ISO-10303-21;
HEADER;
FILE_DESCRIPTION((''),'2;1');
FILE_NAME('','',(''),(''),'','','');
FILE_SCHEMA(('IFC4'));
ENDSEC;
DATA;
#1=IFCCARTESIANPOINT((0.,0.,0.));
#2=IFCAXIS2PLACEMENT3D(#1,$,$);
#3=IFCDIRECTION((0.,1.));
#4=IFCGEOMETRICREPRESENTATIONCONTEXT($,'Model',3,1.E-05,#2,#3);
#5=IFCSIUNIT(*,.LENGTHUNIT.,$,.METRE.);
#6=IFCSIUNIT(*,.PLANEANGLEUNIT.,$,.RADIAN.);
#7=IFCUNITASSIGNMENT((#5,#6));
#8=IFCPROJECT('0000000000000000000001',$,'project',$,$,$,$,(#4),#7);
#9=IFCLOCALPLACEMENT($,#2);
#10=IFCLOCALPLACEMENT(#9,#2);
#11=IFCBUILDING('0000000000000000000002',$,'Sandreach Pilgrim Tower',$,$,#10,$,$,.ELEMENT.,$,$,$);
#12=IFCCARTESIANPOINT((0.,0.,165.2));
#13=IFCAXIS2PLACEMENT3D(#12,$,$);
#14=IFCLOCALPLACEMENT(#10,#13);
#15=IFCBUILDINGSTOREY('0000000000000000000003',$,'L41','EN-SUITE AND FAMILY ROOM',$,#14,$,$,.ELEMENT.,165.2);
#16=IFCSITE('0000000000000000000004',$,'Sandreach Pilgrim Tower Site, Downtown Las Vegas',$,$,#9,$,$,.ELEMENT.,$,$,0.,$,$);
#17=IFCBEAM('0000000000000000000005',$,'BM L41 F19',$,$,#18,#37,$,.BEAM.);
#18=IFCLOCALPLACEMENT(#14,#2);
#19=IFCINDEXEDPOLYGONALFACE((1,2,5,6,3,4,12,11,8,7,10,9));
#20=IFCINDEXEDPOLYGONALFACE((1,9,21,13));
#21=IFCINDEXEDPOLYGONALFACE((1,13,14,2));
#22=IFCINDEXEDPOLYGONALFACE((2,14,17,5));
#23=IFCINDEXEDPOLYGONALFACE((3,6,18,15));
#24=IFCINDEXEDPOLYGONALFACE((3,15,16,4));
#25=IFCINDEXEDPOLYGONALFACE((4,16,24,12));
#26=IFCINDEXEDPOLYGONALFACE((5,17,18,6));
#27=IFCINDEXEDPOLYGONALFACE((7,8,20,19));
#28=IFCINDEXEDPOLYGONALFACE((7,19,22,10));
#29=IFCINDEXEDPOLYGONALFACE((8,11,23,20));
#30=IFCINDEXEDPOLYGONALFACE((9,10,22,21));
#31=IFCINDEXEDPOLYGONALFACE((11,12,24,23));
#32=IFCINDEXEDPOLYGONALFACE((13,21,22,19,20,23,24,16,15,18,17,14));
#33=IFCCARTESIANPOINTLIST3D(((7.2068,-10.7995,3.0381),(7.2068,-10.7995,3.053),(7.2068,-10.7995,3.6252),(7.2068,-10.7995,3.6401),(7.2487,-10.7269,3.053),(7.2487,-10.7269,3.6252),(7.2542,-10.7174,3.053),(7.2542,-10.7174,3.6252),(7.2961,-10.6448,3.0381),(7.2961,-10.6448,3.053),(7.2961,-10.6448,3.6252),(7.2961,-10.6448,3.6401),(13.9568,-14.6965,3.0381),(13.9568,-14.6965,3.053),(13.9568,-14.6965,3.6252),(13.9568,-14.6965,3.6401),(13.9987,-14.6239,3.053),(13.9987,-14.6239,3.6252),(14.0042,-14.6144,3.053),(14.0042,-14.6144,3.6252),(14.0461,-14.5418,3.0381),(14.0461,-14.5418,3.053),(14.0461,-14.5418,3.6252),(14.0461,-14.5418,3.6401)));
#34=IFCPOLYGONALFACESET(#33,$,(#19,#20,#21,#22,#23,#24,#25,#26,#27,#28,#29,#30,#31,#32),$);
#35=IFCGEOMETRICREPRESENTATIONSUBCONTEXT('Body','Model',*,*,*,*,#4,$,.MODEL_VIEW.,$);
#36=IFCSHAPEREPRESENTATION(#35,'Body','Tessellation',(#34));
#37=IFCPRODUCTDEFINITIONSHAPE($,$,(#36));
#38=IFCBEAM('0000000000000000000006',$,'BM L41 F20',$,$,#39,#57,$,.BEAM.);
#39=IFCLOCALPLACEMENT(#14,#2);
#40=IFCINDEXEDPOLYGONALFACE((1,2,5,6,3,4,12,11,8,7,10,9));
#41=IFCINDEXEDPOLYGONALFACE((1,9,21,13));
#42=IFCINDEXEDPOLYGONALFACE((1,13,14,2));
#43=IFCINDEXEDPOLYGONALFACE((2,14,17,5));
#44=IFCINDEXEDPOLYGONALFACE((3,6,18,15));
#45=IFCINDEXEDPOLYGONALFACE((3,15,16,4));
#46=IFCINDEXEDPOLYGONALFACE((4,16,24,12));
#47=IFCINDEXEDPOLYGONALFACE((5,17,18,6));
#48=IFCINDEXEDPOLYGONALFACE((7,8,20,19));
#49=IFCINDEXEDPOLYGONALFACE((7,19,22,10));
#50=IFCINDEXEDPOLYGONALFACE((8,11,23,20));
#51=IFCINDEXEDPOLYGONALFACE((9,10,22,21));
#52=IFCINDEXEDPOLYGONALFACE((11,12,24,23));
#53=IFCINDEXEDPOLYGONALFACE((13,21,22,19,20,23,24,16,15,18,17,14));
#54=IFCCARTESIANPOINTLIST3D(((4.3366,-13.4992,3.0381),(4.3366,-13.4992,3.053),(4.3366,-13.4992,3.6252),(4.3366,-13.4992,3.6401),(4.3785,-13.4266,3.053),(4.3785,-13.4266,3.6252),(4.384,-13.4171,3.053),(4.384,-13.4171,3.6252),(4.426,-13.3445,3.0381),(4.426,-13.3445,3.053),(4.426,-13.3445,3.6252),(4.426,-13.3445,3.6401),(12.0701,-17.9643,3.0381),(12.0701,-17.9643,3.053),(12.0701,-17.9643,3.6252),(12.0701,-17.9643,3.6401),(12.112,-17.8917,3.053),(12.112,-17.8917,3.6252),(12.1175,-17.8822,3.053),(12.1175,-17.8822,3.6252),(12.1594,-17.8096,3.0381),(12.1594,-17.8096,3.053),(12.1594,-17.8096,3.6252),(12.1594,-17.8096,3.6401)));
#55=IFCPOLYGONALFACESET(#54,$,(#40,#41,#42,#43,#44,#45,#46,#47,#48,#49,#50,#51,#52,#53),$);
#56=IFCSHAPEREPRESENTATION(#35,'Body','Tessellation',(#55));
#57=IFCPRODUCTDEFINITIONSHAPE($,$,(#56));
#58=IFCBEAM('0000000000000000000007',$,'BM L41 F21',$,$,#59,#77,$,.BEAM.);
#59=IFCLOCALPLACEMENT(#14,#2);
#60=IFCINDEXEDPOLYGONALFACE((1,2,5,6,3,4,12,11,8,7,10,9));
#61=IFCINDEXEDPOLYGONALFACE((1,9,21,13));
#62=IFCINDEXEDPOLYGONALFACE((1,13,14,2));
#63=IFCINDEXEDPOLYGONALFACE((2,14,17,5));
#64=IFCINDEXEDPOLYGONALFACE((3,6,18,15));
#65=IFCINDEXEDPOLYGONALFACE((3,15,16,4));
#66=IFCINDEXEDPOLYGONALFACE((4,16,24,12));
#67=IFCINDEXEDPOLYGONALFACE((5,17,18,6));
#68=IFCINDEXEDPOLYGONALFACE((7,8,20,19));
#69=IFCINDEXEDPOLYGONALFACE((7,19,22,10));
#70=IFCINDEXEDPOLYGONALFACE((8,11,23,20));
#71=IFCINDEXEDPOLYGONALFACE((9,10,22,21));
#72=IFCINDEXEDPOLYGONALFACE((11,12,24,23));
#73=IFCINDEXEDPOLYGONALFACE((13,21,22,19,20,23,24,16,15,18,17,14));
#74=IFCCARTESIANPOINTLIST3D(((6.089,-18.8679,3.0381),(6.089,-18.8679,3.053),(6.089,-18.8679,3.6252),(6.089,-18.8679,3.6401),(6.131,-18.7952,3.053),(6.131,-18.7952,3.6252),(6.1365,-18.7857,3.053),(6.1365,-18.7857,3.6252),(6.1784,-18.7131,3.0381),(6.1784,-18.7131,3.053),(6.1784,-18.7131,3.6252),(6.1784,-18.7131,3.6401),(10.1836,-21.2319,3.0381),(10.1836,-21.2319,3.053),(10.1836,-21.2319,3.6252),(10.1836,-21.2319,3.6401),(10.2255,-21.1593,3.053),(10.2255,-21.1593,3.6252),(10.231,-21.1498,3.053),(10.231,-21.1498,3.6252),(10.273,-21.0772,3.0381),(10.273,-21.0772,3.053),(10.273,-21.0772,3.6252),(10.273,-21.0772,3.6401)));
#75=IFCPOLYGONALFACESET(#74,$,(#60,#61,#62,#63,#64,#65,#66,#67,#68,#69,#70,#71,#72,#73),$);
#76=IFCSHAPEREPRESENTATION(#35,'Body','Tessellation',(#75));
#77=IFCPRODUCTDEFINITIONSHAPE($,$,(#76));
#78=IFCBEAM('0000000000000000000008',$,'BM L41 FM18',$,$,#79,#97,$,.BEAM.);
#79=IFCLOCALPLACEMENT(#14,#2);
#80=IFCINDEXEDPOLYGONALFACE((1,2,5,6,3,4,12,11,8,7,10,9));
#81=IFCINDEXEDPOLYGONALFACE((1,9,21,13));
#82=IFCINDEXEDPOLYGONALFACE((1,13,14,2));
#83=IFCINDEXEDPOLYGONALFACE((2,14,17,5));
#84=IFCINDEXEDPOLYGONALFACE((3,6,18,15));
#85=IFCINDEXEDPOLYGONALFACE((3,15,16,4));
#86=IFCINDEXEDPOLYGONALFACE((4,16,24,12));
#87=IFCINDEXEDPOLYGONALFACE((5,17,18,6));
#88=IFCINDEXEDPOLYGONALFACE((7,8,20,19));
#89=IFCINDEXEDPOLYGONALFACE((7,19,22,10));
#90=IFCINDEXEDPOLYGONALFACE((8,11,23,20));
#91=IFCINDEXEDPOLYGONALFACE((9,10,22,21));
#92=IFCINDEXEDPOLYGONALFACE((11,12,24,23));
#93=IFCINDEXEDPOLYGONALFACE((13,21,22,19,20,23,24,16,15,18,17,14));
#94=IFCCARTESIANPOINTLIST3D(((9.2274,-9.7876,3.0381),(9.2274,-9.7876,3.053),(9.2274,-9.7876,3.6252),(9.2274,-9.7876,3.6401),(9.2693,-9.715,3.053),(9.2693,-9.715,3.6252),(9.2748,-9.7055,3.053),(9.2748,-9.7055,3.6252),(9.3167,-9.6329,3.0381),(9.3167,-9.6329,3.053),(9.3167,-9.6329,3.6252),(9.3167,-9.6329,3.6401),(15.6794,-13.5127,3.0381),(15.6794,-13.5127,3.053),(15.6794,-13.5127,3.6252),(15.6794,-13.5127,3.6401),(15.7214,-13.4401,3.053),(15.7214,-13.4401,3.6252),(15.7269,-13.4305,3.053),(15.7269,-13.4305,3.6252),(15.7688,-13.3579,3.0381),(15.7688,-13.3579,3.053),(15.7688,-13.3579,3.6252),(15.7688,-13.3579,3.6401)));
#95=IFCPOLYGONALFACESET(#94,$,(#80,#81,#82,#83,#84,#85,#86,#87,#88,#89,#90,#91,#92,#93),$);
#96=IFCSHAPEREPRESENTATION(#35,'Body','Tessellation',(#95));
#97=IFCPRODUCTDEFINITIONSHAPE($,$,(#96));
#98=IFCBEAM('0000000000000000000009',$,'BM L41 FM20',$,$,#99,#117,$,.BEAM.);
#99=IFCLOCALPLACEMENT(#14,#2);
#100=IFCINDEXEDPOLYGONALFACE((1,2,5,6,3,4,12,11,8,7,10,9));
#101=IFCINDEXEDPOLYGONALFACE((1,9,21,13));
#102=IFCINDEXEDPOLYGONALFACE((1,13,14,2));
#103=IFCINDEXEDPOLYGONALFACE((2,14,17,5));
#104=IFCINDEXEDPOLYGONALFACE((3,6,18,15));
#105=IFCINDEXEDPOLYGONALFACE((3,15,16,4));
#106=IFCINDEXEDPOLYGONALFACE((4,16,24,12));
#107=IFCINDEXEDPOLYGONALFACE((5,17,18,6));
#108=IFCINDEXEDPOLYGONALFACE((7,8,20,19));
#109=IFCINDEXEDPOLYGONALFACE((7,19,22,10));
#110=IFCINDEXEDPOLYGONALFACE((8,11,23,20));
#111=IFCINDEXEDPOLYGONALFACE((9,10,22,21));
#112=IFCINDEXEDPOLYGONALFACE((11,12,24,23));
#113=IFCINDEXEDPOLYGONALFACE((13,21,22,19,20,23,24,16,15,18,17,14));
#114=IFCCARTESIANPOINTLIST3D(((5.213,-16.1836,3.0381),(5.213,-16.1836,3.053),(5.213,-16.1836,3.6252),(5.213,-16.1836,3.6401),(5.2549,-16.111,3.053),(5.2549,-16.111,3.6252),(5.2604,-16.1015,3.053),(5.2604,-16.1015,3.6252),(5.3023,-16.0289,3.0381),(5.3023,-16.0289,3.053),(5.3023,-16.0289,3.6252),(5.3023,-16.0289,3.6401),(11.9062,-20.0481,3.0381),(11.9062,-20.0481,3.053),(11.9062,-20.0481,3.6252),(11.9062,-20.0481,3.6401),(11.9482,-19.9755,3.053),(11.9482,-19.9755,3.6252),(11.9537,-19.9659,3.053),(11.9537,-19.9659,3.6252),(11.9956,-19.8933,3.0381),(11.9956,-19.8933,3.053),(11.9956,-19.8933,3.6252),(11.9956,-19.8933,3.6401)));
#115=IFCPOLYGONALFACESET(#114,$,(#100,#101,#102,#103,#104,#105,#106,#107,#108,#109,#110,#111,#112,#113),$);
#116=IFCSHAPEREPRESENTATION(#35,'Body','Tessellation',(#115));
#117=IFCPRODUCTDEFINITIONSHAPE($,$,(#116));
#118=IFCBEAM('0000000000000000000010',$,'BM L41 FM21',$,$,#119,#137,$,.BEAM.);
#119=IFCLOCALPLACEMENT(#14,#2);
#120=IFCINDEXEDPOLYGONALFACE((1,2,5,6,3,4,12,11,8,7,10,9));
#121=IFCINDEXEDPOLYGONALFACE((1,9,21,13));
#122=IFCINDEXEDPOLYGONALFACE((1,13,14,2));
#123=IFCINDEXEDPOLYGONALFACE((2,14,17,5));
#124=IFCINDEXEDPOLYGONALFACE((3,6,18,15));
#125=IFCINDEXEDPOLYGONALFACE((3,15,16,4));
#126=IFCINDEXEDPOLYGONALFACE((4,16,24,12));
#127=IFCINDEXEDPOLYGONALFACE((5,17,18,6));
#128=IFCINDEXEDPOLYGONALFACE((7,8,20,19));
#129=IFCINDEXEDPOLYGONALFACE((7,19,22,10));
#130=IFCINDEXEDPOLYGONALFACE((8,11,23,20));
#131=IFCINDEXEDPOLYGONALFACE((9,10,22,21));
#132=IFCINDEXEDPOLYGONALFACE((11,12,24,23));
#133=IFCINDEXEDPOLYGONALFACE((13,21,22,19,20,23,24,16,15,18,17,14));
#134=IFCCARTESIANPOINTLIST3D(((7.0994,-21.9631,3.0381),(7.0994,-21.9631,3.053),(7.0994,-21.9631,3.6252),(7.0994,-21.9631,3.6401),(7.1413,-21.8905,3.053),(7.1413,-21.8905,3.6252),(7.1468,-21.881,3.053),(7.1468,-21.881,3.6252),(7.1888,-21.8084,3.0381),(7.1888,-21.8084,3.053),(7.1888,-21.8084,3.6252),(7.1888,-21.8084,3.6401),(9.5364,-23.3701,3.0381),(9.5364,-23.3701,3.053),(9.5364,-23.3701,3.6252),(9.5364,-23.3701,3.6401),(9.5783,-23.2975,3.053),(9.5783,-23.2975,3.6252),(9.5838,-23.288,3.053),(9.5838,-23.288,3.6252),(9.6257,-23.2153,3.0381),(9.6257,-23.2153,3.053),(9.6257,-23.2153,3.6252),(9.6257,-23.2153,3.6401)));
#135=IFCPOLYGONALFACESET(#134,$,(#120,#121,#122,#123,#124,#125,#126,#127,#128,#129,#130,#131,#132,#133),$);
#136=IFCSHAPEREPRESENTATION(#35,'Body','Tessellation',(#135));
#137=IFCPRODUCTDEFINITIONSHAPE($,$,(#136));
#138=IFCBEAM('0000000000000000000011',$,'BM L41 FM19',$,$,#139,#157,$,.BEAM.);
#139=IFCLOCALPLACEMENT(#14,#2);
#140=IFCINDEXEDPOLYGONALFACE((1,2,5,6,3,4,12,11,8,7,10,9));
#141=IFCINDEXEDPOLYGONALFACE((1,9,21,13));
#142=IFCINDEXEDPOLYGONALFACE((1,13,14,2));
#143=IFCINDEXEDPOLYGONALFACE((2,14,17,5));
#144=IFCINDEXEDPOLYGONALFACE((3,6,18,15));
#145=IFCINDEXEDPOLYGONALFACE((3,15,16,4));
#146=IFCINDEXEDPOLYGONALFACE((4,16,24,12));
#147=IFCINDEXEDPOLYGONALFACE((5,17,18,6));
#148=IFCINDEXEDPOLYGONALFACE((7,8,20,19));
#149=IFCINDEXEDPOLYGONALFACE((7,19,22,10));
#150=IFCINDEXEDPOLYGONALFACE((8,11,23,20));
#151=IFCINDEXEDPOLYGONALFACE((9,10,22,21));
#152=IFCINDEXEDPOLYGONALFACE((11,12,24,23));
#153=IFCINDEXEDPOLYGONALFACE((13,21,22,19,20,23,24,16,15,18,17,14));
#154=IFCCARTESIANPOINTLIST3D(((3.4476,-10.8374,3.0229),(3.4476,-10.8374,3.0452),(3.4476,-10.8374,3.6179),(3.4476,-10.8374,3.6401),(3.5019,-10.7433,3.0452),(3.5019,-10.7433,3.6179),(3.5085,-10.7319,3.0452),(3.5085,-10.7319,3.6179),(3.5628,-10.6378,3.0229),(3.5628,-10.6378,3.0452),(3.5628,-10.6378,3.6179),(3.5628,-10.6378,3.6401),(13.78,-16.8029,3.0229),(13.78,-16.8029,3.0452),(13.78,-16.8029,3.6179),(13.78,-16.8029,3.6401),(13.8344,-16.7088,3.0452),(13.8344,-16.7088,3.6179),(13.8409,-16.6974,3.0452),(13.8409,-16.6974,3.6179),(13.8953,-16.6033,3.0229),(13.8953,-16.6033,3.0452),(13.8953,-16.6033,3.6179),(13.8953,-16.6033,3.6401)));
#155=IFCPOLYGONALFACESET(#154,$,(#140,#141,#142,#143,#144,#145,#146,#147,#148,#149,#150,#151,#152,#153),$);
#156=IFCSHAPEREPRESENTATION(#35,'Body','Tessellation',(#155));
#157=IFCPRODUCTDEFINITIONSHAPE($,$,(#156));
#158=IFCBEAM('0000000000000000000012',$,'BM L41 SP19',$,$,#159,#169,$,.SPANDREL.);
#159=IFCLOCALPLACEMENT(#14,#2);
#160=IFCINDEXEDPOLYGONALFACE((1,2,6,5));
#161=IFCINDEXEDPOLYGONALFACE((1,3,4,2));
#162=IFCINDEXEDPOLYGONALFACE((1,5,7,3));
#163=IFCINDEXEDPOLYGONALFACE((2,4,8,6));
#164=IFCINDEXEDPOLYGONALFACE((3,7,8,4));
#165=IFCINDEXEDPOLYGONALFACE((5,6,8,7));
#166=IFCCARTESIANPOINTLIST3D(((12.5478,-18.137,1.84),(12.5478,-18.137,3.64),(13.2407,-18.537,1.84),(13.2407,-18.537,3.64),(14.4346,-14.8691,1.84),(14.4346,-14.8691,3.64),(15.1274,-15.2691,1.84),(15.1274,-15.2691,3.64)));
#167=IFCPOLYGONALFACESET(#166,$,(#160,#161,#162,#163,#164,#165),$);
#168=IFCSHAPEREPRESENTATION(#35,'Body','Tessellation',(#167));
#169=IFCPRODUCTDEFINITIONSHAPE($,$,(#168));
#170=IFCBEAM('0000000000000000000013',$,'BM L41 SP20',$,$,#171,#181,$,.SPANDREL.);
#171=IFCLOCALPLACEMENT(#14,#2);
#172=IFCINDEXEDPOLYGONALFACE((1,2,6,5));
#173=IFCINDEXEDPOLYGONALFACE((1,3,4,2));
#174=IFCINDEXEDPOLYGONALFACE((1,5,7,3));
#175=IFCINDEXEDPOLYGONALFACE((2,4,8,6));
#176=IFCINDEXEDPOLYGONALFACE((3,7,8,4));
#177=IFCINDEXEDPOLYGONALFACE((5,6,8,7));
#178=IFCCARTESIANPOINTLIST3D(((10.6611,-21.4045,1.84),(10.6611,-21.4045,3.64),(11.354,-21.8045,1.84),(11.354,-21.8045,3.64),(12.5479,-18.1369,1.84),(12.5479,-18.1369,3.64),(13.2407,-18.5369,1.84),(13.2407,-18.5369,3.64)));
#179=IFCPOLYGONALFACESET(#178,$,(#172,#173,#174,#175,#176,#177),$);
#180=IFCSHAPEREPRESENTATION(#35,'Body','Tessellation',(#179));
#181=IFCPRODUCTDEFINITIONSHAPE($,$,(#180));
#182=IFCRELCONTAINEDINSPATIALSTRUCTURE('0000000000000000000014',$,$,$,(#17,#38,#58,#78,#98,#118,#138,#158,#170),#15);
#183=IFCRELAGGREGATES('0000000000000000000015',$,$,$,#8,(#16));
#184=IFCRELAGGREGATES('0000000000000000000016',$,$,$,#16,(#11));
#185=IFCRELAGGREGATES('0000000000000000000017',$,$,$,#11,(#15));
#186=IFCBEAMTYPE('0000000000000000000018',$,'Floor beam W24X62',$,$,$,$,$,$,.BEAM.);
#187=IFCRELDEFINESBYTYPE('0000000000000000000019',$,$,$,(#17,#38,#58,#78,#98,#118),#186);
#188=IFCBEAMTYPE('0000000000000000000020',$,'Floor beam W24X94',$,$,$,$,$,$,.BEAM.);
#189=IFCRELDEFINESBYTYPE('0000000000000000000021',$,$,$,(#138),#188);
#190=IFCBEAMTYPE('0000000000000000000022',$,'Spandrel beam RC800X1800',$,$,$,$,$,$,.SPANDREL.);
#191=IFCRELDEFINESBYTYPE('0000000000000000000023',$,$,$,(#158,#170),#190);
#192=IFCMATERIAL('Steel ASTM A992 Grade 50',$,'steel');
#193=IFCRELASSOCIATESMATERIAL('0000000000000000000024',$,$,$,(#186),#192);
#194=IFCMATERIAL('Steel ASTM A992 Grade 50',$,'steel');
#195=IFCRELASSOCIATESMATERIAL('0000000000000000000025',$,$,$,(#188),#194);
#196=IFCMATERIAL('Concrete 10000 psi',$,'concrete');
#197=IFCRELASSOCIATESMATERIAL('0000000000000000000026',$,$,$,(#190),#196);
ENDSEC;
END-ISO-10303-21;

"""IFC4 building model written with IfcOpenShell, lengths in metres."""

from ifc_helpers import new_model, si_unit, direction, frame, origin, origin_2d, place, context, subcontext, project, spatial, rectangle, i_section, extrude, material, material_profile, profile_set, type_object, element, save


model = new_model("IFC4")

# Units and contexts
model_context = context("Model", 3, precision=1e-05, world=origin(), true_north=direction((0.0, 1.0)))
body_context = subcontext(model_context, "Body", "Model", "MODEL_VIEW")
ifc_project = project(units=[si_unit("LENGTHUNIT", "METRE"), si_unit("PLANEANGLEUNIT", "RADIAN")], contexts=[model_context])

# Site, building, storey
site_placement = place(None, origin())
site = spatial("IfcSite", under=ifc_project, at=site_placement, Name="Sandreach Pilgrim Tower Site, Downtown Las Vegas", CompositionType="ELEMENT", RefElevation=0.0)
building_placement = place(site_placement, origin())
building = spatial("IfcBuilding", under=site, at=building_placement, Name="Sandreach Pilgrim Tower", CompositionType="ELEMENT")
storey_placement = place(building_placement, frame((0.0, 0.0, 165.2)))
storey = spatial("IfcBuildingStorey", under=building, at=storey_placement, Name="L41", Description="EN-SUITE AND FAMILY ROOM", CompositionType="ELEMENT", Elevation=165.2)

# Beams
ifc_material_1 = material(Name="Steel ASTM A992 Grade 50", Category="steel")
ifc_material_profile_1 = material_profile(ifc_material_1, i_section(OverallWidth=0.1787, OverallDepth=0.6021, WebThickness=0.011, FlangeThickness=0.0149, at=origin_2d()), Name="W24X62")
ifc_profile_set_1 = profile_set([ifc_material_profile_1], Name="Steel ASTM A992 Grade 50")
beam_type_1 = type_object("IfcBeamType", Name="Floor beam W24X62", PredefinedType="BEAM", material=ifc_profile_set_1)
beam_1_placement = place(storey_placement, frame((14.0015, -14.6191, 3.3391), z_axis=(-0.866033, 0.499986, 0.0), x_axis=(-0.499986, -0.866033, 0.0)))
element("IfcBeam", 1, at=beam_1_placement, inside=storey, type_object=beam_type_1, Name="BM L41 F19", PredefinedType="BEAM", context=body_context, shape_type="SweptSolid", body=[
    extrude(i_section(OverallWidth=0.1787, OverallDepth=0.6021, WebThickness=0.011, FlangeThickness=0.0149, at=origin_2d()), origin(), (0.0, 0.0, 1.0), 7.7942),
])
beam_2_placement = place(storey_placement, frame((12.1147, -17.887, 3.3391), z_axis=(-0.866015, 0.500017, 0.0), x_axis=(-0.500017, -0.866015, 0.0)))
element("IfcBeam", 2, at=beam_2_placement, inside=storey, type_object=beam_type_1, Name="BM L41 F20", PredefinedType="BEAM", context=body_context, shape_type="SweptSolid", body=[
    extrude(i_section(OverallWidth=0.1787, OverallDepth=0.6021, WebThickness=0.011, FlangeThickness=0.0149, at=origin_2d()), origin(), (0.0, 0.0, 1.0), 8.9299),
])
beam_3_placement = place(storey_placement, frame((10.2283, -21.1545, 3.3391), z_axis=(-0.86602, 0.50001, 0.0), x_axis=(-0.50001, -0.86602, 0.0)))
element("IfcBeam", 3, at=beam_3_placement, inside=storey, type_object=beam_type_1, Name="BM L41 F21", PredefinedType="BEAM", context=body_context, shape_type="SweptSolid", body=[
    extrude(i_section(OverallWidth=0.1787, OverallDepth=0.6021, WebThickness=0.011, FlangeThickness=0.0149, at=origin_2d()), origin(), (0.0, 0.0, 1.0), 4.728),
])
beam_4_placement = place(storey_placement, frame((15.7241, -13.4353, 3.3391), z_axis=(-0.866028, 0.499995, 0.0), x_axis=(-0.499995, -0.866028, 0.0)))
element("IfcBeam", 4, at=beam_4_placement, inside=storey, type_object=beam_type_1, Name="BM L41 FM18", PredefinedType="BEAM", context=body_context, shape_type="SweptSolid", body=[
    extrude(i_section(OverallWidth=0.1787, OverallDepth=0.6021, WebThickness=0.011, FlangeThickness=0.0149, at=origin_2d()), origin(), (0.0, 0.0, 1.0), 7.4502),
])
beam_5_placement = place(storey_placement, frame((11.9509, -19.9707, 3.3391), z_axis=(-0.86602, 0.500009, 0.0), x_axis=(-0.500009, -0.86602, 0.0)))
element("IfcBeam", 5, at=beam_5_placement, inside=storey, type_object=beam_type_1, Name="BM L41 FM20", PredefinedType="BEAM", context=body_context, shape_type="SweptSolid", body=[
    extrude(i_section(OverallWidth=0.1787, OverallDepth=0.6021, WebThickness=0.011, FlangeThickness=0.0149, at=origin_2d()), origin(), (0.0, 0.0, 1.0), 7.7288),
])
beam_6_placement = place(storey_placement, frame((9.5811, -23.2927, 3.3391), z_axis=(-0.86603, 0.499993, 0.0), x_axis=(-0.499993, -0.86603, 0.0)))
element("IfcBeam", 6, at=beam_6_placement, inside=storey, type_object=beam_type_1, Name="BM L41 FM21", PredefinedType="BEAM", context=body_context, shape_type="SweptSolid", body=[
    extrude(i_section(OverallWidth=0.1787, OverallDepth=0.6021, WebThickness=0.011, FlangeThickness=0.0149, at=origin_2d()), origin(), (0.0, 0.0, 1.0), 2.814),
])
ifc_material_2 = material(Name="Steel ASTM A992 Grade 50", Category="steel")
ifc_material_profile_2 = material_profile(ifc_material_2, i_section(OverallWidth=0.2305, OverallDepth=0.6172, WebThickness=0.0132, FlangeThickness=0.0222, at=origin_2d()), Name="W24X94")
ifc_profile_set_2 = profile_set([ifc_material_profile_2], Name="Steel ASTM A992 Grade 50")
beam_type_2 = type_object("IfcBeamType", Name="Floor beam W24X94", PredefinedType="BEAM", material=ifc_profile_set_2)
beam_7_placement = place(storey_placement, frame((13.8376, -16.7031, 3.3315), z_axis=(-0.866022, 0.500006, 0.0), x_axis=(-0.500006, -0.866022, 0.0)))
element("IfcBeam", 7, at=beam_7_placement, inside=storey, type_object=beam_type_2, Name="BM L41 FM19", PredefinedType="BEAM", context=body_context, shape_type="SweptSolid", body=[
    extrude(i_section(OverallWidth=0.2305, OverallDepth=0.6172, WebThickness=0.0132, FlangeThickness=0.0222, at=origin_2d()), origin(), (0.0, 0.0, 1.0), 11.9309),
])
ifc_material_3 = material(Name="Concrete 10000 psi", Category="concrete")
ifc_material_profile_3 = material_profile(ifc_material_3, rectangle(XDim=0.8, YDim=1.8, at=origin_2d()), Name="RC800X1800")
ifc_profile_set_3 = profile_set([ifc_material_profile_3], Name="Concrete 10000 psi")
beam_type_3 = type_object("IfcBeamType", Name="Spandrel beam RC800X1800", PredefinedType="SPANDREL", material=ifc_profile_set_3)
beam_8_placement = place(storey_placement, frame((14.781, -15.0691, 2.74), z_axis=(-0.500008, -0.866021, 0.0), x_axis=(0.866021, -0.500008, 0.0)))
element("IfcBeam", 8, at=beam_8_placement, inside=storey, type_object=beam_type_3, Name="BM L41 SP19", PredefinedType="SPANDREL", context=body_context, shape_type="SweptSolid", body=[
    extrude(rectangle(XDim=0.8, YDim=1.8, at=origin_2d()), origin(), (0.0, 0.0, 1.0), 3.7734),
])
beam_9_placement = place(storey_placement, frame((12.8943, -18.3369, 2.74), z_axis=(-0.500036, -0.866005, 0.0), x_axis=(0.866005, -0.500036, 0.0)))
element("IfcBeam", 9, at=beam_9_placement, inside=storey, type_object=beam_type_3, Name="BM L41 SP20", PredefinedType="SPANDREL", context=body_context, shape_type="SweptSolid", body=[
    extrude(rectangle(XDim=0.8, YDim=1.8, at=origin_2d()), origin(), (0.0, 0.0, 1.0), 3.7732),
])

save(model, "model.ifc")
